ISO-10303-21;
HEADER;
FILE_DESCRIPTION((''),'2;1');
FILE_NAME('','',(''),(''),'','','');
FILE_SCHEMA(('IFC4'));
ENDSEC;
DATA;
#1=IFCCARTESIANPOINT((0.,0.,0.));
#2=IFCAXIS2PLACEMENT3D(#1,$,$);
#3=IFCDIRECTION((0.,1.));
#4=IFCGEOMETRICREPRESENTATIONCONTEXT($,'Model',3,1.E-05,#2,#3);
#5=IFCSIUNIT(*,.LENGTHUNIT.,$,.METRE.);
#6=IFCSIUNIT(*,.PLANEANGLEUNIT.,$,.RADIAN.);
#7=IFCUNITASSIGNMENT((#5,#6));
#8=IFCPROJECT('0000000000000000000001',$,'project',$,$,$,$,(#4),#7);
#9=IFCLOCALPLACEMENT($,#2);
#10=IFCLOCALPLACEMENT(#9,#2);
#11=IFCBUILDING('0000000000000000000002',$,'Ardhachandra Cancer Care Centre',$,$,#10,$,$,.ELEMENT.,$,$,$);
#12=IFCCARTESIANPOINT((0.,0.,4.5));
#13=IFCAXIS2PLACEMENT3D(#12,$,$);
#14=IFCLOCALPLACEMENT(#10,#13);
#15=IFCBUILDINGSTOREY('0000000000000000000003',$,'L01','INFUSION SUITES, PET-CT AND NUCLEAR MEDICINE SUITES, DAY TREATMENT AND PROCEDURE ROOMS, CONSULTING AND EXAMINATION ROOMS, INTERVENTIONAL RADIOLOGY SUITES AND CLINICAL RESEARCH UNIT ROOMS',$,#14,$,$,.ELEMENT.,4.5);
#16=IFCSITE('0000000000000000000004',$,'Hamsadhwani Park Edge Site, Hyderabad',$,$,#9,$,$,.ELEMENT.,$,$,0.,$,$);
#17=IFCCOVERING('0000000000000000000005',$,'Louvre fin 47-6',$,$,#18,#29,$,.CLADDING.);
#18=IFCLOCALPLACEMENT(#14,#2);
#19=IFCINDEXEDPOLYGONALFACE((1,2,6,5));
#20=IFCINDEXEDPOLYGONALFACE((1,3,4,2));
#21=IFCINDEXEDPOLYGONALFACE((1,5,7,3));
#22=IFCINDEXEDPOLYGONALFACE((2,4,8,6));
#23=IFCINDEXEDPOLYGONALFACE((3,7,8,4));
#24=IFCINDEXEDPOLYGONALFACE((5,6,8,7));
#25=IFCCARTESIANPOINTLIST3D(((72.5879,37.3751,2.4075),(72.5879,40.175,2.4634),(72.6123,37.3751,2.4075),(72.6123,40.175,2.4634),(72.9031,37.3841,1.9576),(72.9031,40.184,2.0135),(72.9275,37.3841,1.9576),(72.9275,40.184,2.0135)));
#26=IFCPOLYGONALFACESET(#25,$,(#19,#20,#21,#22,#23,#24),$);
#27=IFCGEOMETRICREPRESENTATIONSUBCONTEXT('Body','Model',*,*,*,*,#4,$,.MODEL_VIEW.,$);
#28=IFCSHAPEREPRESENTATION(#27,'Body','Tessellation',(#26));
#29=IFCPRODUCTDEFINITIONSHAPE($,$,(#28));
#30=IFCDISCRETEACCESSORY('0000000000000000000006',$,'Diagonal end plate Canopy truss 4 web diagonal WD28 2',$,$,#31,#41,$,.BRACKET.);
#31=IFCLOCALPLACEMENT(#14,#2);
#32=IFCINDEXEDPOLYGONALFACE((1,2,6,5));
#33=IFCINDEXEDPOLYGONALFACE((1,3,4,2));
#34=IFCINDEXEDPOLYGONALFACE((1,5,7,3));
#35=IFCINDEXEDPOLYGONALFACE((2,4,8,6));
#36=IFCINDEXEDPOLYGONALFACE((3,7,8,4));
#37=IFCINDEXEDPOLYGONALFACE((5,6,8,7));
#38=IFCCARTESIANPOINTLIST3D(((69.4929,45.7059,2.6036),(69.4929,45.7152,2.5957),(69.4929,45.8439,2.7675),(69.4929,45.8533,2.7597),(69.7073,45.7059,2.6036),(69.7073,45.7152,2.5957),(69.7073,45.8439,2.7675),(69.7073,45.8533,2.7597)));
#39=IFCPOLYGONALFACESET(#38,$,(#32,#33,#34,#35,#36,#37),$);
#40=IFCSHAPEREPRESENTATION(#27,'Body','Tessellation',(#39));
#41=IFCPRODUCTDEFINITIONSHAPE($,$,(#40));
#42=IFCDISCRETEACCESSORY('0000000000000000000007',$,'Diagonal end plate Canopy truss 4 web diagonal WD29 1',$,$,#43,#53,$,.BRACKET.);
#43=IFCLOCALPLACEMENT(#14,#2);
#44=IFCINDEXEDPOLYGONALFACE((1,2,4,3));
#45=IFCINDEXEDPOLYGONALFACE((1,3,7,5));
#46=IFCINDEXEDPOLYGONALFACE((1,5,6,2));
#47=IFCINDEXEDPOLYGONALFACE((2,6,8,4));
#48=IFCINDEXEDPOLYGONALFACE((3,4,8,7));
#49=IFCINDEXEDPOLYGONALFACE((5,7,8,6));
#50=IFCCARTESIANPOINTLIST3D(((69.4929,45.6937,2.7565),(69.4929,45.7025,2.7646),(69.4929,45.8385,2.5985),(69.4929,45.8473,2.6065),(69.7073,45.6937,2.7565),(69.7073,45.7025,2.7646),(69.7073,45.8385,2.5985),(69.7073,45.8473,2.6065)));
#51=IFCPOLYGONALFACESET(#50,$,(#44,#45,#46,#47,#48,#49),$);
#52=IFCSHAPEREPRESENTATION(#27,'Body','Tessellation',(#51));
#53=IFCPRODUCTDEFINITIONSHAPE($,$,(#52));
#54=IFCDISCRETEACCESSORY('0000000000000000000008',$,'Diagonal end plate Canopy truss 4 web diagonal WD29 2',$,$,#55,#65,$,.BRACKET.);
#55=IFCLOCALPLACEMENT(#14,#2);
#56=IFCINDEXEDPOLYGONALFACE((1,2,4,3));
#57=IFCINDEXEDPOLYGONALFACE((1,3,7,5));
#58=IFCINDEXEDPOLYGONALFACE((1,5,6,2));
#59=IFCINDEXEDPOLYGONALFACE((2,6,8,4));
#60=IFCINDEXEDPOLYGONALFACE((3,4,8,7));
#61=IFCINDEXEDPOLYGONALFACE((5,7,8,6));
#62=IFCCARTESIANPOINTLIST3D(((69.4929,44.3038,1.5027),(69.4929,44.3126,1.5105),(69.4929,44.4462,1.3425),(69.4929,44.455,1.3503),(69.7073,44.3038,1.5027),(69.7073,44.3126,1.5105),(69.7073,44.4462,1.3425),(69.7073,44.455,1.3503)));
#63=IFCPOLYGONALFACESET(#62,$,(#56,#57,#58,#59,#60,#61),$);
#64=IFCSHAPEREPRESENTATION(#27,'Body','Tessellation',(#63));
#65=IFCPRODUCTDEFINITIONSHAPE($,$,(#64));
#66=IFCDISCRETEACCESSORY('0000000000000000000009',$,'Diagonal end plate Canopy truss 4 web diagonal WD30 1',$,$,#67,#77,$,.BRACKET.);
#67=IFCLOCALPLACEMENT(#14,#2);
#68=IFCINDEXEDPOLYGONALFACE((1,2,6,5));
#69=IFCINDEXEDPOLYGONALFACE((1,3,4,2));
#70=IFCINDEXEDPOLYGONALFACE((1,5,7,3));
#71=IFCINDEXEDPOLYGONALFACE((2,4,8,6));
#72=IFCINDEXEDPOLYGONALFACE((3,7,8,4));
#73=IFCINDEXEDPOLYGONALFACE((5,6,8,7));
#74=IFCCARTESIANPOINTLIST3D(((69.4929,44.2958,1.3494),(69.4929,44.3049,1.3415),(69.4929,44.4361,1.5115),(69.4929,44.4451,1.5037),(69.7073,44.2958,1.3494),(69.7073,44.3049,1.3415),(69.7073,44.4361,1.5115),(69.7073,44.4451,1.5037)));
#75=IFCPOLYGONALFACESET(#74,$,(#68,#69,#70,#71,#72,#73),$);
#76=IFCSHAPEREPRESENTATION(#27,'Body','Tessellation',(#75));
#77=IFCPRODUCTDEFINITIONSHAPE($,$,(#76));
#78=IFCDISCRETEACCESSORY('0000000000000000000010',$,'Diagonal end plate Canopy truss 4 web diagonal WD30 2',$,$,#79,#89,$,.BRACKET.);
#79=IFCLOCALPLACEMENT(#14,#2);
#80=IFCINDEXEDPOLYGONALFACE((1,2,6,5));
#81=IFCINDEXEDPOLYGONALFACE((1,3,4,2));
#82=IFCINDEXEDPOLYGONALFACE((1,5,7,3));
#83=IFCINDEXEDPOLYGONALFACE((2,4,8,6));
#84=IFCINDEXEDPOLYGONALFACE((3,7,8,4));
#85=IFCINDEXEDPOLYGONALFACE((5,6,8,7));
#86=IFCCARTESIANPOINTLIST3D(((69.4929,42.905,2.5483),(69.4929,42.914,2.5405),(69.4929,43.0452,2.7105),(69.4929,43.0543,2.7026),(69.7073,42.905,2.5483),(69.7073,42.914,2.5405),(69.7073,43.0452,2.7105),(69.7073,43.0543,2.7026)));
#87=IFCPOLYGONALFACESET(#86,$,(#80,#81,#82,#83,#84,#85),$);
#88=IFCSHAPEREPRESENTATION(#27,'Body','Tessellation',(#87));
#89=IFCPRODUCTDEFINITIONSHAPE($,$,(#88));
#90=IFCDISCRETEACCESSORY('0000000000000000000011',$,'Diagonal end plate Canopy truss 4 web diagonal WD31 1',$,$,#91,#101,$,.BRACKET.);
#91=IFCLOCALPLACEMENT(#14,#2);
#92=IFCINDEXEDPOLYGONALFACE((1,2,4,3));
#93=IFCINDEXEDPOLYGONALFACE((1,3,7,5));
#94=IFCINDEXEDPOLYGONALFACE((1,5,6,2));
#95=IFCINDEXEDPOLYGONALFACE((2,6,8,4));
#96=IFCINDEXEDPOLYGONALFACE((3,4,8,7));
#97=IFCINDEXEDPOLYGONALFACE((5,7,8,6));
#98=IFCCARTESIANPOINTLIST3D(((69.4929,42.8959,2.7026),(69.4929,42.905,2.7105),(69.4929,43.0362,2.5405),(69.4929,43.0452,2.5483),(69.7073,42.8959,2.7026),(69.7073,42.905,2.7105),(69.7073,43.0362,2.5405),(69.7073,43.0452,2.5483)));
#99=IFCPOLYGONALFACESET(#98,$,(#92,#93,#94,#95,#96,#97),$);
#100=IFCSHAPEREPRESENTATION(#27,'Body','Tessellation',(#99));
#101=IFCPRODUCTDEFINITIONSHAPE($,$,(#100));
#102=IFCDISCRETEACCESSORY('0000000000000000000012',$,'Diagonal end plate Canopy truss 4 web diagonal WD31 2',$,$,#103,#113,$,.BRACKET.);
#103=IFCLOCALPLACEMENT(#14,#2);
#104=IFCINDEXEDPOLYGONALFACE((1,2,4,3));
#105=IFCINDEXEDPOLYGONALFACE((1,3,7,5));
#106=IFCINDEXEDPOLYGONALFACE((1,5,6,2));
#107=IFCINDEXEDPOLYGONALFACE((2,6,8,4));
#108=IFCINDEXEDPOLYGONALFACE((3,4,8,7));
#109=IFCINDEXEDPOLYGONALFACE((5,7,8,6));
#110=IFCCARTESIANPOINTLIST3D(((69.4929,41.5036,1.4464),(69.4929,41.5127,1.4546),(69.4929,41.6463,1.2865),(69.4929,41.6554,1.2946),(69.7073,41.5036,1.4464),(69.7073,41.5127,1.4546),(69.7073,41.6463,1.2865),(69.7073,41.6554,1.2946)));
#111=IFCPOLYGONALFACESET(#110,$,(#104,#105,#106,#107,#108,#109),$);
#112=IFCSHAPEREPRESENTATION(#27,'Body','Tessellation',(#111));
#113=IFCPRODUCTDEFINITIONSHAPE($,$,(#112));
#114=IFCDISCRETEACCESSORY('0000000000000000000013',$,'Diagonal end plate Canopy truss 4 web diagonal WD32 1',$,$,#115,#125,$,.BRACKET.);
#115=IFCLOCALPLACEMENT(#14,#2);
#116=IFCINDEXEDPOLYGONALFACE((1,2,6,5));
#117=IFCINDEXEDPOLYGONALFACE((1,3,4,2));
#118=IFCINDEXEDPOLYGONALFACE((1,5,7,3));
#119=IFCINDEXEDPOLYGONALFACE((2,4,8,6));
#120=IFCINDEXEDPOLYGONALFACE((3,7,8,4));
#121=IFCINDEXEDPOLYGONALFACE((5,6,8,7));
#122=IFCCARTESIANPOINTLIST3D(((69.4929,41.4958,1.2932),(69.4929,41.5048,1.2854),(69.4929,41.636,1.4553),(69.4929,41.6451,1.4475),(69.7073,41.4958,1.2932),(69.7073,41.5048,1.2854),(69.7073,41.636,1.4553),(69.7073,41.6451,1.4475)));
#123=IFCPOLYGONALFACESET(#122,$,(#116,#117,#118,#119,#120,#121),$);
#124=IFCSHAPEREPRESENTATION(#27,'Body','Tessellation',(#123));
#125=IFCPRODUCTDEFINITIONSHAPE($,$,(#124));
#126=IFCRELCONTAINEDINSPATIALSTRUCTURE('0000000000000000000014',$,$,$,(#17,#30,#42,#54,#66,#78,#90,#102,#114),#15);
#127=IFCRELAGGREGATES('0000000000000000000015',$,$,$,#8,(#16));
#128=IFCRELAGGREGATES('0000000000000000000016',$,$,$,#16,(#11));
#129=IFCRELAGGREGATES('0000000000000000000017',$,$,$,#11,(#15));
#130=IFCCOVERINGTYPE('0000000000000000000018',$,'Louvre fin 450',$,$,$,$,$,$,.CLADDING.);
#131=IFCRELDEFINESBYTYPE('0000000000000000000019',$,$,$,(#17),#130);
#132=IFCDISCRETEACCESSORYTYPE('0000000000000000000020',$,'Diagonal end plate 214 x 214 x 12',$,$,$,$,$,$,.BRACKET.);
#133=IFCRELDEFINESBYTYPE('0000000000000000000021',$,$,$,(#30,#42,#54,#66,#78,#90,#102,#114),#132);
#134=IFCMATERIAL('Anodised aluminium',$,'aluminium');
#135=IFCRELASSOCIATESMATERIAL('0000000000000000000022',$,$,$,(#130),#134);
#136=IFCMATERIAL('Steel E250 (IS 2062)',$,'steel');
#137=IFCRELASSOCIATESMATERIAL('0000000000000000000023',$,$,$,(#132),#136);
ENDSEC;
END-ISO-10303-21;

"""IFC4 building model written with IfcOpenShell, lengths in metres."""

from ifc_helpers import new_model, si_unit, direction, frame, origin, origin_2d, place, context, subcontext, project, spatial, polyline, rectangle, outline, extrude, material, material_profile, profile_set, type_object, element, save


model = new_model("IFC4")

# Units and contexts
model_context = context("Model", 3, precision=1e-05, world=origin(), true_north=direction((0.0, 1.0)))
body_context = subcontext(model_context, "Body", "Model", "MODEL_VIEW")
ifc_project = project(units=[si_unit("LENGTHUNIT", "METRE"), si_unit("PLANEANGLEUNIT", "RADIAN")], contexts=[model_context])

# Site, building, storey
site_placement = place(None, origin())
site = spatial("IfcSite", under=ifc_project, at=site_placement, Name="Hamsadhwani Park Edge Site, Hyderabad", CompositionType="ELEMENT", RefElevation=0.0)
building_placement = place(site_placement, origin())
building = spatial("IfcBuilding", under=site, at=building_placement, Name="Ardhachandra Cancer Care Centre", CompositionType="ELEMENT")
storey_placement = place(building_placement, frame((0.0, 0.0, 4.5)))
storey = spatial("IfcBuildingStorey", under=building, at=storey_placement, Name="L01", Description="INFUSION SUITES, PET-CT AND NUCLEAR MEDICINE SUITES, DAY TREATMENT AND PROCEDURE ROOMS, CONSULTING AND EXAMINATION ROOMS, INTERVENTIONAL RADIOLOGY SUITES AND CLINICAL RESEARCH UNIT ROOMS", CompositionType="ELEMENT", Elevation=4.5)

# Covering
ifc_material_1 = material(Name="Anodised aluminium", Category="aluminium")
ifc_material_profile_1 = material_profile(ifc_material_1, outline(polyline([(-0.0122, 0.0), (0.0122, 0.0), (0.3274, -0.45), (0.303, -0.45), (-0.0122, 0.0)])), Name="Louvre fin 450")
ifc_profile_set_1 = profile_set([ifc_material_profile_1], Name="Anodised aluminium")
covering_type = type_object("IfcCoveringType", Name="Louvre fin 450", PredefinedType="CLADDING", material=ifc_profile_set_1)
for number, where, z_axis, x_axis, name in (
    (1, (72.6001, 40.175, 2.4634), (0.0, -0.999801, -0.019963), (1.0, 0.0, 0.0), "Louvre fin 47-6"),
):
    element("IfcCovering", number, at=place(storey_placement, frame(where, z_axis=z_axis, x_axis=x_axis)), inside=storey, type_object=covering_type, Name=name, PredefinedType="CLADDING", context=body_context, shape_type="SweptSolid", body=[
        extrude(outline(polyline([(-0.0122, 0.0), (0.0122, 0.0), (0.3274, -0.45), (0.303, -0.45), (-0.0122, 0.0)])), origin(), (0.0, 0.0, 1.0), 2.8005),
    ])

# Discrete accessories
ifc_material_2 = material(Name="Steel E250 (IS 2062)", Category="steel")
ifc_material_profile_2 = material_profile(ifc_material_2, rectangle(XDim=0.2144, YDim=0.2144, at=origin_2d()), Name="PL 214x214x12")
ifc_profile_set_2 = profile_set([ifc_material_profile_2], Name="Steel E250 (IS 2062)")
discrete_accessory_type = type_object("IfcDiscreteAccessoryType", Name="Diagonal end plate 214 x 214 x 12", PredefinedType="BRACKET", material=ifc_profile_set_2)
discrete_accessory_1_placement = place(storey_placement, frame((69.6001, 45.7749, 2.6855), z_axis=(0.0, 0.764911, -0.644136), x_axis=(-1.0, 0.0, 0.0)))
element("IfcDiscreteAccessory", 2, at=discrete_accessory_1_placement, inside=storey, type_object=discrete_accessory_type, Name="Diagonal end plate Canopy truss 4 web diagonal WD28 2", PredefinedType="BRACKET", context=body_context, shape_type="SweptSolid", body=[
    extrude(rectangle(XDim=0.2144, YDim=0.2144, at=origin_2d()), origin(), (0.0, 0.0, 1.0), 0.0122),
])
discrete_accessory_2_placement = place(storey_placement, frame((69.6001, 45.7749, 2.6855), z_axis=(0.0, -0.737154, -0.675725), x_axis=(1.0, 0.0, 0.0)))
element("IfcDiscreteAccessory", 3, at=discrete_accessory_2_placement, inside=storey, type_object=discrete_accessory_type, Name="Diagonal end plate Canopy truss 4 web diagonal WD29 1", PredefinedType="BRACKET", context=body_context, shape_type="SweptSolid", body=[
    extrude(rectangle(XDim=0.2144, YDim=0.2144, at=origin_2d()), origin(), (0.0, 0.0, 1.0), 0.012),
])
discrete_accessory_3_placement = place(storey_placement, frame((69.6001, 44.375, 1.4226), z_axis=(0.0, 0.747409, 0.664364), x_axis=(-1.0, 0.0, 0.0)))
element("IfcDiscreteAccessory", 4, at=discrete_accessory_3_placement, inside=storey, type_object=discrete_accessory_type, Name="Diagonal end plate Canopy truss 4 web diagonal WD29 2", PredefinedType="BRACKET", context=body_context, shape_type="SweptSolid", body=[
    extrude(rectangle(XDim=0.2144, YDim=0.2144, at=origin_2d()), origin(), (0.0, 0.0, 1.0), 0.0117),
])
for number, where, z_axis, x_axis, name in (
    (5, (69.6001, 44.375, 1.4226), (0.0, -0.756363, 0.654152), (1.0, 0.0, 0.0), "Diagonal end plate Canopy truss 4 web diagonal WD30 1"),
    (6, (69.6001, 42.9751, 2.6294), (0.0, 0.756363, -0.654152), (-1.0, 0.0, 0.0), "Diagonal end plate Canopy truss 4 web diagonal WD30 2"),
    (7, (69.6001, 42.9751, 2.6294), (0.0, -0.756363, -0.654152), (1.0, 0.0, 0.0), "Diagonal end plate Canopy truss 4 web diagonal WD31 1"),
):
    element("IfcDiscreteAccessory", number, at=place(storey_placement, frame(where, z_axis=z_axis, x_axis=x_axis)), inside=storey, type_object=discrete_accessory_type, Name=name, PredefinedType="BRACKET", context=body_context, shape_type="SweptSolid", body=[
        extrude(rectangle(XDim=0.2144, YDim=0.2144, at=origin_2d()), origin(), (0.0, 0.0, 1.0), 0.012),
    ])
discrete_accessory_4_placement = place(storey_placement, frame((69.6001, 41.575, 1.3665), z_axis=(0.0, 0.746295, 0.665615), x_axis=(-1.0, 0.0, 0.0)))
element("IfcDiscreteAccessory", 8, at=discrete_accessory_4_placement, inside=storey, type_object=discrete_accessory_type, Name="Diagonal end plate Canopy truss 4 web diagonal WD31 2", PredefinedType="BRACKET", context=body_context, shape_type="SweptSolid", body=[
    extrude(rectangle(XDim=0.2144, YDim=0.2144, at=origin_2d()), origin(), (0.0, 0.0, 1.0), 0.0122),
])
discrete_accessory_5_placement = place(storey_placement, frame((69.6001, 41.575, 1.3665), z_axis=(0.0, -0.756363, 0.654152), x_axis=(1.0, 0.0, 0.0)))
element("IfcDiscreteAccessory", 9, at=discrete_accessory_5_placement, inside=storey, type_object=discrete_accessory_type, Name="Diagonal end plate Canopy truss 4 web diagonal WD32 1", PredefinedType="BRACKET", context=body_context, shape_type="SweptSolid", body=[
    extrude(rectangle(XDim=0.2144, YDim=0.2144, at=origin_2d()), origin(), (0.0, 0.0, 1.0), 0.012),
])

save(model, "model.ifc")
